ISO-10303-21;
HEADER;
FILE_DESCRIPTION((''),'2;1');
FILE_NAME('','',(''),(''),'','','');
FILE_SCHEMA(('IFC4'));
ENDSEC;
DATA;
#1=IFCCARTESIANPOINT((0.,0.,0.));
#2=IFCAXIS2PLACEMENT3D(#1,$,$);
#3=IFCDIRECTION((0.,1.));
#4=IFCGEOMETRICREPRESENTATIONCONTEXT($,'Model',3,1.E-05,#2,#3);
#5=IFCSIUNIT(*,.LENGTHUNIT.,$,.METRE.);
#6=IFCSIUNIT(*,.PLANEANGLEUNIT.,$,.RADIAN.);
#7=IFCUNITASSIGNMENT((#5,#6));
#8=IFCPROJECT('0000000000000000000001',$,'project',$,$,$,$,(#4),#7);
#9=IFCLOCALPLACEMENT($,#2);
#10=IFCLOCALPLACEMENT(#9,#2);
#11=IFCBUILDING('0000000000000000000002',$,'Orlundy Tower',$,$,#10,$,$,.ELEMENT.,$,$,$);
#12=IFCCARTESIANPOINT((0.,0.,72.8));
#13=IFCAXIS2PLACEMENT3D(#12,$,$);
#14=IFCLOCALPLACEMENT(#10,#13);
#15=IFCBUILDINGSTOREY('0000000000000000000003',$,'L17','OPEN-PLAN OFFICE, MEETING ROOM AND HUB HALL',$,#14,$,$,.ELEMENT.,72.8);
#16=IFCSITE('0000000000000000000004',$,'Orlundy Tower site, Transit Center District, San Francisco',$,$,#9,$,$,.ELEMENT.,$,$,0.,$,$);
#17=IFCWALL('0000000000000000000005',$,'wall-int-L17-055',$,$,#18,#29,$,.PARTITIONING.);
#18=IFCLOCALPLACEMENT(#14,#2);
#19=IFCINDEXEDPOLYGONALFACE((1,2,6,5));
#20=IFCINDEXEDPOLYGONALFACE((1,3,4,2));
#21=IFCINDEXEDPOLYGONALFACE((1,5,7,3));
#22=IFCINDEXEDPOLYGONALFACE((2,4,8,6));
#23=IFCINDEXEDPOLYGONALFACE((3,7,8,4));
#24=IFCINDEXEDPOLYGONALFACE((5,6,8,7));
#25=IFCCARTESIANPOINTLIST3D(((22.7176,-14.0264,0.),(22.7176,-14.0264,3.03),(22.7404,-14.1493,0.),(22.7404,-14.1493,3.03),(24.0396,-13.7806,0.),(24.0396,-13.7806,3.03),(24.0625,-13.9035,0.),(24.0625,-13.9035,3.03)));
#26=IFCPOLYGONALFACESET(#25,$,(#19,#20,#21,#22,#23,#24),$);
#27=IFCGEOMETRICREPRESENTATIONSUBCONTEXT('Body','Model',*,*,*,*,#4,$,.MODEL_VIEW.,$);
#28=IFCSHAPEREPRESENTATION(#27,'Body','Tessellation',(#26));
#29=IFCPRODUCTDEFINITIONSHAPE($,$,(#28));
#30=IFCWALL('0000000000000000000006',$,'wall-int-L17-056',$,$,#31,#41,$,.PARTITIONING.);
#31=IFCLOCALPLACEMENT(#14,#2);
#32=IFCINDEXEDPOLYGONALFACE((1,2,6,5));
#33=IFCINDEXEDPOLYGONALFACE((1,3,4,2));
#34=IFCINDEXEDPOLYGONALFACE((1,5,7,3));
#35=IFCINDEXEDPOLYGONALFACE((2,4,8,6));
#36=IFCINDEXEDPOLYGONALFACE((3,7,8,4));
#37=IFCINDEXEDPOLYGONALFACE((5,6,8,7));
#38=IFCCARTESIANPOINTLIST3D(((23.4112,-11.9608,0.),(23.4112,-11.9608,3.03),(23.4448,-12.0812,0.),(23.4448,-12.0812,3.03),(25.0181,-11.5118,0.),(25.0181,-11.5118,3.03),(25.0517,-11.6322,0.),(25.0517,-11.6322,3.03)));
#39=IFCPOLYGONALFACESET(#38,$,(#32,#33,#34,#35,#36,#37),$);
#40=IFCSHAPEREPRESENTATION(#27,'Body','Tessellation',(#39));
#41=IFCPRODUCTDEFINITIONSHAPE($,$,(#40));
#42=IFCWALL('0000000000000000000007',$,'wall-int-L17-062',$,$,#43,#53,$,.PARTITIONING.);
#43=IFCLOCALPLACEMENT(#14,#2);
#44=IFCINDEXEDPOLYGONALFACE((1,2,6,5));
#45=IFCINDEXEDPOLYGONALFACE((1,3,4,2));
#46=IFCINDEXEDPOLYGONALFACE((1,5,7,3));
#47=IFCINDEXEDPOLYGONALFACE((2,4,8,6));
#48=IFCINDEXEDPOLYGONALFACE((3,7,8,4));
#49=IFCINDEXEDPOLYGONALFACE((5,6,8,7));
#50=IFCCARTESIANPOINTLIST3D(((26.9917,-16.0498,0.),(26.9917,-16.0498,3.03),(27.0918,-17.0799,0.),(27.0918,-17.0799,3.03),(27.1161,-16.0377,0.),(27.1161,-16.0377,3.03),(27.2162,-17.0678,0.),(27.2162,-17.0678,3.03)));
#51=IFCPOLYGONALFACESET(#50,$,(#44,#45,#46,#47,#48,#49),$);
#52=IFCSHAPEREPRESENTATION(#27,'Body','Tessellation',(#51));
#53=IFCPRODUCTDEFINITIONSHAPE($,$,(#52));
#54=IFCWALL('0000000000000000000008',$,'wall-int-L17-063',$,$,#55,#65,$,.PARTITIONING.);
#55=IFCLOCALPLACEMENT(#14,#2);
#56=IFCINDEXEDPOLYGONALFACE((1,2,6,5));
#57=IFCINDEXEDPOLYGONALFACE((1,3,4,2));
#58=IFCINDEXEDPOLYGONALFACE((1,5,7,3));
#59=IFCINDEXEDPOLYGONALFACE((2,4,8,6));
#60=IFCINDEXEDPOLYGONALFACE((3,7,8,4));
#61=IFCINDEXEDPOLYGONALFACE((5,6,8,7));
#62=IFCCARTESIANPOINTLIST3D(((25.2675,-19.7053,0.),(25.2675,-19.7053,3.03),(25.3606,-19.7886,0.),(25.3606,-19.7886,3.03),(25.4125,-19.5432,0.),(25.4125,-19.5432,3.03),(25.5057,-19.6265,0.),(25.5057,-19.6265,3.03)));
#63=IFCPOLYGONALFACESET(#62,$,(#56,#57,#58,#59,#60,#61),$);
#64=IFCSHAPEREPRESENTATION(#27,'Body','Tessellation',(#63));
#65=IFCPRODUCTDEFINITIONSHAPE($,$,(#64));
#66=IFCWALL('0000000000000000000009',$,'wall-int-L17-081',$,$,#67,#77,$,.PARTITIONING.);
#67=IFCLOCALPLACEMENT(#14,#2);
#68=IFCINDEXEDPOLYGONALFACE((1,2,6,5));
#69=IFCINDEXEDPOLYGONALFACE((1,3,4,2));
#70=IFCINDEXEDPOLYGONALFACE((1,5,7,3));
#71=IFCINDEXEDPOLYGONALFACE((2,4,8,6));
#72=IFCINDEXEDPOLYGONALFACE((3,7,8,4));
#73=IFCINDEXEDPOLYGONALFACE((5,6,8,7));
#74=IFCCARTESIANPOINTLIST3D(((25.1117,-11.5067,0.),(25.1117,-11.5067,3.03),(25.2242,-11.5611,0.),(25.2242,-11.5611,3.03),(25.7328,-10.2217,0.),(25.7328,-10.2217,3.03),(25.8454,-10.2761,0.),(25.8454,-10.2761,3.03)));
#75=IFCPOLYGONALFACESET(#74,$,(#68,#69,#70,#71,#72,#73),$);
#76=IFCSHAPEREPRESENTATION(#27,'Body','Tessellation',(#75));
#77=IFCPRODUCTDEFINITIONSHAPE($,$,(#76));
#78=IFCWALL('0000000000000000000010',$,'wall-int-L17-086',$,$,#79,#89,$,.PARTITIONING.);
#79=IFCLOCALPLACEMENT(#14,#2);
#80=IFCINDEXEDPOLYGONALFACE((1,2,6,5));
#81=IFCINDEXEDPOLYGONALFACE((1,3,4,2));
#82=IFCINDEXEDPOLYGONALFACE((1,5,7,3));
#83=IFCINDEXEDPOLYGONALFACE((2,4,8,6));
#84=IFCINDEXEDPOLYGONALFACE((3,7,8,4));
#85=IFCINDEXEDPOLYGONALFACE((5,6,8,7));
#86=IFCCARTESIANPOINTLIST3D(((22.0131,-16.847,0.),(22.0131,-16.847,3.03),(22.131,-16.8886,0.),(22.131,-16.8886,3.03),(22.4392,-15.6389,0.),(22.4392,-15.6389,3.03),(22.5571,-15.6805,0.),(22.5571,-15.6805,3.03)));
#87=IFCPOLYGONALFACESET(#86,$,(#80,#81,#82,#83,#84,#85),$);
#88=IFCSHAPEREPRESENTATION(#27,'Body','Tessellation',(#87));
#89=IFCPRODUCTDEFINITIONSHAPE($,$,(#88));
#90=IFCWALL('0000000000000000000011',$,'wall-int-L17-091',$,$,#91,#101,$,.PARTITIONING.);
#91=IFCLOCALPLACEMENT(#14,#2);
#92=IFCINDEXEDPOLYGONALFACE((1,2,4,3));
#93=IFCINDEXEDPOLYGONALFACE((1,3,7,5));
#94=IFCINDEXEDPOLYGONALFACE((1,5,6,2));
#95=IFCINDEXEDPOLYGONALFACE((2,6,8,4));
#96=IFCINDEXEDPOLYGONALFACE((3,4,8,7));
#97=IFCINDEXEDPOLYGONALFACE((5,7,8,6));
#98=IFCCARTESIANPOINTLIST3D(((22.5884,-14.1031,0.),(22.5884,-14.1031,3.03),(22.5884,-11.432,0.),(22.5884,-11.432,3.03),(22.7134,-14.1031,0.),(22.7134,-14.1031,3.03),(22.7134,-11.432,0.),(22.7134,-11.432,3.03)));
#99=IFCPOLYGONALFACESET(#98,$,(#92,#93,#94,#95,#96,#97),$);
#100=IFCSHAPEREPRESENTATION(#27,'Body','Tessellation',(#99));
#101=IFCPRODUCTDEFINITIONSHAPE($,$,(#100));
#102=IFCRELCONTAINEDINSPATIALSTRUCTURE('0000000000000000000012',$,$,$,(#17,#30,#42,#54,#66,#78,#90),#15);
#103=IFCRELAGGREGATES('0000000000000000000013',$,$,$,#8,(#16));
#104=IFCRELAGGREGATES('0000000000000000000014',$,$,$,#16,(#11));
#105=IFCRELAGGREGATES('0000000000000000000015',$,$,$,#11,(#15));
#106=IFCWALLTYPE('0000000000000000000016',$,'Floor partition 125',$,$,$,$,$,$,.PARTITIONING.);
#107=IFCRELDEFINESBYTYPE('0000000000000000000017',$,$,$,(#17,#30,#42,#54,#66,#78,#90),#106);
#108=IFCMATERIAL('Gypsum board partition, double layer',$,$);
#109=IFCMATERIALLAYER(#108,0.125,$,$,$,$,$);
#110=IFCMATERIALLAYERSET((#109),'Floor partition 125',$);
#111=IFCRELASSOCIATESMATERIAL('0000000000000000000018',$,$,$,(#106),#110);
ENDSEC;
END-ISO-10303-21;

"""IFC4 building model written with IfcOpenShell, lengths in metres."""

from ifc_helpers import new_model, si_unit, direction, frame, frame_2d, origin, place, context, subcontext, project, spatial, rectangle, extrude, material, layer, layer_set, type_object, element, save


model = new_model("IFC4")

# Units and contexts
model_context = context("Model", 3, precision=1e-05, world=origin(), true_north=direction((0.0, 1.0)))
body_context = subcontext(model_context, "Body", "Model", "MODEL_VIEW")
ifc_project = project(units=[si_unit("LENGTHUNIT", "METRE"), si_unit("PLANEANGLEUNIT", "RADIAN")], contexts=[model_context])

# Site, building, storey
site_placement = place(None, origin())
site = spatial("IfcSite", under=ifc_project, at=site_placement, Name="Orlundy Tower site, Transit Center District, San Francisco", CompositionType="ELEMENT", RefElevation=0.0)
building_placement = place(site_placement, origin())
building = spatial("IfcBuilding", under=site, at=building_placement, Name="Orlundy Tower", CompositionType="ELEMENT")
storey_placement = place(building_placement, frame((0.0, 0.0, 72.8)))
storey = spatial("IfcBuildingStorey", under=building, at=storey_placement, Name="L17", Description="OPEN-PLAN OFFICE, MEETING ROOM AND HUB HALL", CompositionType="ELEMENT", Elevation=72.8)

# Shared definitions
ifc_material_1 = material(Name="Gypsum board partition, double layer")
ifc_layer_1 = layer(ifc_material_1, 0.125)
ifc_layer_set_1 = layer_set([ifc_layer_1], Name="Floor partition 125")
wall_type_1 = type_object("IfcWallType", Name="Floor partition 125", PredefinedType="PARTITIONING", material=ifc_layer_set_1)

# Walls
wall_1_placement = place(storey_placement, frame((22.729, -14.0879, 0.0), z_axis=(0.0, 0.0, 1.0), x_axis=(0.983144, 0.18283, 0.0)))
element("IfcWall", 1, at=wall_1_placement, inside=storey, type_object=wall_type_1, Name="wall-int-L17-055", PredefinedType="PARTITIONING", context=body_context, shape_type="SweptSolid", body=[
    extrude(rectangle(XDim=1.3447, YDim=0.125, at=frame_2d((0.6724, 0.0))), origin(), (0.0, 0.0, 1.0), 3.03),
])
wall_2_placement = place(storey_placement, frame((23.428, -12.021, 0.0), z_axis=(0.0, 0.0, 1.0), x_axis=(0.963114, 0.269093, 0.0)))
element("IfcWall", 2, at=wall_2_placement, inside=storey, type_object=wall_type_1, Name="wall-int-L17-056", PredefinedType="PARTITIONING", context=body_context, shape_type="SweptSolid", body=[
    extrude(rectangle(XDim=1.6685, YDim=0.125, at=frame_2d((0.8342, 0.0))), origin(), (0.0, 0.0, 1.0), 3.03),
])
wall_3_placement = place(storey_placement, frame((27.1541, -17.074, 0.0), z_axis=(0.0, 0.0, 1.0), x_axis=(-0.096724, 0.995311, 0.0)))
element("IfcWall", 3, at=wall_3_placement, inside=storey, type_object=wall_type_1, Name="wall-int-L17-062", PredefinedType="PARTITIONING", context=body_context, shape_type="SweptSolid", body=[
    extrude(rectangle(XDim=1.0349, YDim=0.125, at=frame_2d((0.5176, 0.0))), origin(), (0.0, 0.0, 1.0), 3.03),
])
wall_4_placement = place(storey_placement, frame((25.314, -19.7471, 0.0), z_axis=(0.0, 0.0, 1.0), x_axis=(0.666729, 0.7453, 0.0)))
element("IfcWall", 4, at=wall_4_placement, inside=storey, type_object=wall_type_1, Name="wall-int-L17-063", PredefinedType="PARTITIONING", context=body_context, shape_type="SweptSolid", body=[
    extrude(rectangle(XDim=0.2175, YDim=0.125, at=frame_2d((0.1089, 0.0))), origin(), (0.0, 0.0, 1.0), 3.03),
])
wall_5_placement = place(storey_placement, frame((25.168, -11.5339, 0.0), z_axis=(0.0, 0.0, 1.0), x_axis=(0.435199, 0.900334, 0.0)))
element("IfcWall", 5, at=wall_5_placement, inside=storey, type_object=wall_type_1, Name="wall-int-L17-081", PredefinedType="PARTITIONING", context=body_context, shape_type="SweptSolid", body=[
    extrude(rectangle(XDim=1.4272, YDim=0.125, at=frame_2d((0.7136, 0.0))), origin(), (0.0, 0.0, 1.0), 3.03),
])
wall_6_placement = place(storey_placement, frame((22.072, -16.8679, 0.0), z_axis=(0.0, 0.0, 1.0), x_axis=(0.332591, 0.943071, 0.0)))
element("IfcWall", 6, at=wall_6_placement, inside=storey, type_object=wall_type_1, Name="wall-int-L17-086", PredefinedType="PARTITIONING", context=body_context, shape_type="SweptSolid", body=[
    extrude(rectangle(XDim=1.281, YDim=0.125, at=frame_2d((0.6406, 0.0))), origin(), (0.0, 0.0, 1.0), 3.03),
])
wall_7_placement = place(storey_placement, frame((22.6509, -14.103, 0.0), z_axis=(0.0, 0.0, 1.0), x_axis=(0.0, 1.0, 0.0)))
element("IfcWall", 7, at=wall_7_placement, inside=storey, type_object=wall_type_1, Name="wall-int-L17-091", PredefinedType="PARTITIONING", context=body_context, shape_type="SweptSolid", body=[
    extrude(rectangle(XDim=2.6711, YDim=0.125, at=frame_2d((1.3354, 0.0))), origin(), (0.0, 0.0, 1.0), 3.03),
])

save(model, "model.ifc")
